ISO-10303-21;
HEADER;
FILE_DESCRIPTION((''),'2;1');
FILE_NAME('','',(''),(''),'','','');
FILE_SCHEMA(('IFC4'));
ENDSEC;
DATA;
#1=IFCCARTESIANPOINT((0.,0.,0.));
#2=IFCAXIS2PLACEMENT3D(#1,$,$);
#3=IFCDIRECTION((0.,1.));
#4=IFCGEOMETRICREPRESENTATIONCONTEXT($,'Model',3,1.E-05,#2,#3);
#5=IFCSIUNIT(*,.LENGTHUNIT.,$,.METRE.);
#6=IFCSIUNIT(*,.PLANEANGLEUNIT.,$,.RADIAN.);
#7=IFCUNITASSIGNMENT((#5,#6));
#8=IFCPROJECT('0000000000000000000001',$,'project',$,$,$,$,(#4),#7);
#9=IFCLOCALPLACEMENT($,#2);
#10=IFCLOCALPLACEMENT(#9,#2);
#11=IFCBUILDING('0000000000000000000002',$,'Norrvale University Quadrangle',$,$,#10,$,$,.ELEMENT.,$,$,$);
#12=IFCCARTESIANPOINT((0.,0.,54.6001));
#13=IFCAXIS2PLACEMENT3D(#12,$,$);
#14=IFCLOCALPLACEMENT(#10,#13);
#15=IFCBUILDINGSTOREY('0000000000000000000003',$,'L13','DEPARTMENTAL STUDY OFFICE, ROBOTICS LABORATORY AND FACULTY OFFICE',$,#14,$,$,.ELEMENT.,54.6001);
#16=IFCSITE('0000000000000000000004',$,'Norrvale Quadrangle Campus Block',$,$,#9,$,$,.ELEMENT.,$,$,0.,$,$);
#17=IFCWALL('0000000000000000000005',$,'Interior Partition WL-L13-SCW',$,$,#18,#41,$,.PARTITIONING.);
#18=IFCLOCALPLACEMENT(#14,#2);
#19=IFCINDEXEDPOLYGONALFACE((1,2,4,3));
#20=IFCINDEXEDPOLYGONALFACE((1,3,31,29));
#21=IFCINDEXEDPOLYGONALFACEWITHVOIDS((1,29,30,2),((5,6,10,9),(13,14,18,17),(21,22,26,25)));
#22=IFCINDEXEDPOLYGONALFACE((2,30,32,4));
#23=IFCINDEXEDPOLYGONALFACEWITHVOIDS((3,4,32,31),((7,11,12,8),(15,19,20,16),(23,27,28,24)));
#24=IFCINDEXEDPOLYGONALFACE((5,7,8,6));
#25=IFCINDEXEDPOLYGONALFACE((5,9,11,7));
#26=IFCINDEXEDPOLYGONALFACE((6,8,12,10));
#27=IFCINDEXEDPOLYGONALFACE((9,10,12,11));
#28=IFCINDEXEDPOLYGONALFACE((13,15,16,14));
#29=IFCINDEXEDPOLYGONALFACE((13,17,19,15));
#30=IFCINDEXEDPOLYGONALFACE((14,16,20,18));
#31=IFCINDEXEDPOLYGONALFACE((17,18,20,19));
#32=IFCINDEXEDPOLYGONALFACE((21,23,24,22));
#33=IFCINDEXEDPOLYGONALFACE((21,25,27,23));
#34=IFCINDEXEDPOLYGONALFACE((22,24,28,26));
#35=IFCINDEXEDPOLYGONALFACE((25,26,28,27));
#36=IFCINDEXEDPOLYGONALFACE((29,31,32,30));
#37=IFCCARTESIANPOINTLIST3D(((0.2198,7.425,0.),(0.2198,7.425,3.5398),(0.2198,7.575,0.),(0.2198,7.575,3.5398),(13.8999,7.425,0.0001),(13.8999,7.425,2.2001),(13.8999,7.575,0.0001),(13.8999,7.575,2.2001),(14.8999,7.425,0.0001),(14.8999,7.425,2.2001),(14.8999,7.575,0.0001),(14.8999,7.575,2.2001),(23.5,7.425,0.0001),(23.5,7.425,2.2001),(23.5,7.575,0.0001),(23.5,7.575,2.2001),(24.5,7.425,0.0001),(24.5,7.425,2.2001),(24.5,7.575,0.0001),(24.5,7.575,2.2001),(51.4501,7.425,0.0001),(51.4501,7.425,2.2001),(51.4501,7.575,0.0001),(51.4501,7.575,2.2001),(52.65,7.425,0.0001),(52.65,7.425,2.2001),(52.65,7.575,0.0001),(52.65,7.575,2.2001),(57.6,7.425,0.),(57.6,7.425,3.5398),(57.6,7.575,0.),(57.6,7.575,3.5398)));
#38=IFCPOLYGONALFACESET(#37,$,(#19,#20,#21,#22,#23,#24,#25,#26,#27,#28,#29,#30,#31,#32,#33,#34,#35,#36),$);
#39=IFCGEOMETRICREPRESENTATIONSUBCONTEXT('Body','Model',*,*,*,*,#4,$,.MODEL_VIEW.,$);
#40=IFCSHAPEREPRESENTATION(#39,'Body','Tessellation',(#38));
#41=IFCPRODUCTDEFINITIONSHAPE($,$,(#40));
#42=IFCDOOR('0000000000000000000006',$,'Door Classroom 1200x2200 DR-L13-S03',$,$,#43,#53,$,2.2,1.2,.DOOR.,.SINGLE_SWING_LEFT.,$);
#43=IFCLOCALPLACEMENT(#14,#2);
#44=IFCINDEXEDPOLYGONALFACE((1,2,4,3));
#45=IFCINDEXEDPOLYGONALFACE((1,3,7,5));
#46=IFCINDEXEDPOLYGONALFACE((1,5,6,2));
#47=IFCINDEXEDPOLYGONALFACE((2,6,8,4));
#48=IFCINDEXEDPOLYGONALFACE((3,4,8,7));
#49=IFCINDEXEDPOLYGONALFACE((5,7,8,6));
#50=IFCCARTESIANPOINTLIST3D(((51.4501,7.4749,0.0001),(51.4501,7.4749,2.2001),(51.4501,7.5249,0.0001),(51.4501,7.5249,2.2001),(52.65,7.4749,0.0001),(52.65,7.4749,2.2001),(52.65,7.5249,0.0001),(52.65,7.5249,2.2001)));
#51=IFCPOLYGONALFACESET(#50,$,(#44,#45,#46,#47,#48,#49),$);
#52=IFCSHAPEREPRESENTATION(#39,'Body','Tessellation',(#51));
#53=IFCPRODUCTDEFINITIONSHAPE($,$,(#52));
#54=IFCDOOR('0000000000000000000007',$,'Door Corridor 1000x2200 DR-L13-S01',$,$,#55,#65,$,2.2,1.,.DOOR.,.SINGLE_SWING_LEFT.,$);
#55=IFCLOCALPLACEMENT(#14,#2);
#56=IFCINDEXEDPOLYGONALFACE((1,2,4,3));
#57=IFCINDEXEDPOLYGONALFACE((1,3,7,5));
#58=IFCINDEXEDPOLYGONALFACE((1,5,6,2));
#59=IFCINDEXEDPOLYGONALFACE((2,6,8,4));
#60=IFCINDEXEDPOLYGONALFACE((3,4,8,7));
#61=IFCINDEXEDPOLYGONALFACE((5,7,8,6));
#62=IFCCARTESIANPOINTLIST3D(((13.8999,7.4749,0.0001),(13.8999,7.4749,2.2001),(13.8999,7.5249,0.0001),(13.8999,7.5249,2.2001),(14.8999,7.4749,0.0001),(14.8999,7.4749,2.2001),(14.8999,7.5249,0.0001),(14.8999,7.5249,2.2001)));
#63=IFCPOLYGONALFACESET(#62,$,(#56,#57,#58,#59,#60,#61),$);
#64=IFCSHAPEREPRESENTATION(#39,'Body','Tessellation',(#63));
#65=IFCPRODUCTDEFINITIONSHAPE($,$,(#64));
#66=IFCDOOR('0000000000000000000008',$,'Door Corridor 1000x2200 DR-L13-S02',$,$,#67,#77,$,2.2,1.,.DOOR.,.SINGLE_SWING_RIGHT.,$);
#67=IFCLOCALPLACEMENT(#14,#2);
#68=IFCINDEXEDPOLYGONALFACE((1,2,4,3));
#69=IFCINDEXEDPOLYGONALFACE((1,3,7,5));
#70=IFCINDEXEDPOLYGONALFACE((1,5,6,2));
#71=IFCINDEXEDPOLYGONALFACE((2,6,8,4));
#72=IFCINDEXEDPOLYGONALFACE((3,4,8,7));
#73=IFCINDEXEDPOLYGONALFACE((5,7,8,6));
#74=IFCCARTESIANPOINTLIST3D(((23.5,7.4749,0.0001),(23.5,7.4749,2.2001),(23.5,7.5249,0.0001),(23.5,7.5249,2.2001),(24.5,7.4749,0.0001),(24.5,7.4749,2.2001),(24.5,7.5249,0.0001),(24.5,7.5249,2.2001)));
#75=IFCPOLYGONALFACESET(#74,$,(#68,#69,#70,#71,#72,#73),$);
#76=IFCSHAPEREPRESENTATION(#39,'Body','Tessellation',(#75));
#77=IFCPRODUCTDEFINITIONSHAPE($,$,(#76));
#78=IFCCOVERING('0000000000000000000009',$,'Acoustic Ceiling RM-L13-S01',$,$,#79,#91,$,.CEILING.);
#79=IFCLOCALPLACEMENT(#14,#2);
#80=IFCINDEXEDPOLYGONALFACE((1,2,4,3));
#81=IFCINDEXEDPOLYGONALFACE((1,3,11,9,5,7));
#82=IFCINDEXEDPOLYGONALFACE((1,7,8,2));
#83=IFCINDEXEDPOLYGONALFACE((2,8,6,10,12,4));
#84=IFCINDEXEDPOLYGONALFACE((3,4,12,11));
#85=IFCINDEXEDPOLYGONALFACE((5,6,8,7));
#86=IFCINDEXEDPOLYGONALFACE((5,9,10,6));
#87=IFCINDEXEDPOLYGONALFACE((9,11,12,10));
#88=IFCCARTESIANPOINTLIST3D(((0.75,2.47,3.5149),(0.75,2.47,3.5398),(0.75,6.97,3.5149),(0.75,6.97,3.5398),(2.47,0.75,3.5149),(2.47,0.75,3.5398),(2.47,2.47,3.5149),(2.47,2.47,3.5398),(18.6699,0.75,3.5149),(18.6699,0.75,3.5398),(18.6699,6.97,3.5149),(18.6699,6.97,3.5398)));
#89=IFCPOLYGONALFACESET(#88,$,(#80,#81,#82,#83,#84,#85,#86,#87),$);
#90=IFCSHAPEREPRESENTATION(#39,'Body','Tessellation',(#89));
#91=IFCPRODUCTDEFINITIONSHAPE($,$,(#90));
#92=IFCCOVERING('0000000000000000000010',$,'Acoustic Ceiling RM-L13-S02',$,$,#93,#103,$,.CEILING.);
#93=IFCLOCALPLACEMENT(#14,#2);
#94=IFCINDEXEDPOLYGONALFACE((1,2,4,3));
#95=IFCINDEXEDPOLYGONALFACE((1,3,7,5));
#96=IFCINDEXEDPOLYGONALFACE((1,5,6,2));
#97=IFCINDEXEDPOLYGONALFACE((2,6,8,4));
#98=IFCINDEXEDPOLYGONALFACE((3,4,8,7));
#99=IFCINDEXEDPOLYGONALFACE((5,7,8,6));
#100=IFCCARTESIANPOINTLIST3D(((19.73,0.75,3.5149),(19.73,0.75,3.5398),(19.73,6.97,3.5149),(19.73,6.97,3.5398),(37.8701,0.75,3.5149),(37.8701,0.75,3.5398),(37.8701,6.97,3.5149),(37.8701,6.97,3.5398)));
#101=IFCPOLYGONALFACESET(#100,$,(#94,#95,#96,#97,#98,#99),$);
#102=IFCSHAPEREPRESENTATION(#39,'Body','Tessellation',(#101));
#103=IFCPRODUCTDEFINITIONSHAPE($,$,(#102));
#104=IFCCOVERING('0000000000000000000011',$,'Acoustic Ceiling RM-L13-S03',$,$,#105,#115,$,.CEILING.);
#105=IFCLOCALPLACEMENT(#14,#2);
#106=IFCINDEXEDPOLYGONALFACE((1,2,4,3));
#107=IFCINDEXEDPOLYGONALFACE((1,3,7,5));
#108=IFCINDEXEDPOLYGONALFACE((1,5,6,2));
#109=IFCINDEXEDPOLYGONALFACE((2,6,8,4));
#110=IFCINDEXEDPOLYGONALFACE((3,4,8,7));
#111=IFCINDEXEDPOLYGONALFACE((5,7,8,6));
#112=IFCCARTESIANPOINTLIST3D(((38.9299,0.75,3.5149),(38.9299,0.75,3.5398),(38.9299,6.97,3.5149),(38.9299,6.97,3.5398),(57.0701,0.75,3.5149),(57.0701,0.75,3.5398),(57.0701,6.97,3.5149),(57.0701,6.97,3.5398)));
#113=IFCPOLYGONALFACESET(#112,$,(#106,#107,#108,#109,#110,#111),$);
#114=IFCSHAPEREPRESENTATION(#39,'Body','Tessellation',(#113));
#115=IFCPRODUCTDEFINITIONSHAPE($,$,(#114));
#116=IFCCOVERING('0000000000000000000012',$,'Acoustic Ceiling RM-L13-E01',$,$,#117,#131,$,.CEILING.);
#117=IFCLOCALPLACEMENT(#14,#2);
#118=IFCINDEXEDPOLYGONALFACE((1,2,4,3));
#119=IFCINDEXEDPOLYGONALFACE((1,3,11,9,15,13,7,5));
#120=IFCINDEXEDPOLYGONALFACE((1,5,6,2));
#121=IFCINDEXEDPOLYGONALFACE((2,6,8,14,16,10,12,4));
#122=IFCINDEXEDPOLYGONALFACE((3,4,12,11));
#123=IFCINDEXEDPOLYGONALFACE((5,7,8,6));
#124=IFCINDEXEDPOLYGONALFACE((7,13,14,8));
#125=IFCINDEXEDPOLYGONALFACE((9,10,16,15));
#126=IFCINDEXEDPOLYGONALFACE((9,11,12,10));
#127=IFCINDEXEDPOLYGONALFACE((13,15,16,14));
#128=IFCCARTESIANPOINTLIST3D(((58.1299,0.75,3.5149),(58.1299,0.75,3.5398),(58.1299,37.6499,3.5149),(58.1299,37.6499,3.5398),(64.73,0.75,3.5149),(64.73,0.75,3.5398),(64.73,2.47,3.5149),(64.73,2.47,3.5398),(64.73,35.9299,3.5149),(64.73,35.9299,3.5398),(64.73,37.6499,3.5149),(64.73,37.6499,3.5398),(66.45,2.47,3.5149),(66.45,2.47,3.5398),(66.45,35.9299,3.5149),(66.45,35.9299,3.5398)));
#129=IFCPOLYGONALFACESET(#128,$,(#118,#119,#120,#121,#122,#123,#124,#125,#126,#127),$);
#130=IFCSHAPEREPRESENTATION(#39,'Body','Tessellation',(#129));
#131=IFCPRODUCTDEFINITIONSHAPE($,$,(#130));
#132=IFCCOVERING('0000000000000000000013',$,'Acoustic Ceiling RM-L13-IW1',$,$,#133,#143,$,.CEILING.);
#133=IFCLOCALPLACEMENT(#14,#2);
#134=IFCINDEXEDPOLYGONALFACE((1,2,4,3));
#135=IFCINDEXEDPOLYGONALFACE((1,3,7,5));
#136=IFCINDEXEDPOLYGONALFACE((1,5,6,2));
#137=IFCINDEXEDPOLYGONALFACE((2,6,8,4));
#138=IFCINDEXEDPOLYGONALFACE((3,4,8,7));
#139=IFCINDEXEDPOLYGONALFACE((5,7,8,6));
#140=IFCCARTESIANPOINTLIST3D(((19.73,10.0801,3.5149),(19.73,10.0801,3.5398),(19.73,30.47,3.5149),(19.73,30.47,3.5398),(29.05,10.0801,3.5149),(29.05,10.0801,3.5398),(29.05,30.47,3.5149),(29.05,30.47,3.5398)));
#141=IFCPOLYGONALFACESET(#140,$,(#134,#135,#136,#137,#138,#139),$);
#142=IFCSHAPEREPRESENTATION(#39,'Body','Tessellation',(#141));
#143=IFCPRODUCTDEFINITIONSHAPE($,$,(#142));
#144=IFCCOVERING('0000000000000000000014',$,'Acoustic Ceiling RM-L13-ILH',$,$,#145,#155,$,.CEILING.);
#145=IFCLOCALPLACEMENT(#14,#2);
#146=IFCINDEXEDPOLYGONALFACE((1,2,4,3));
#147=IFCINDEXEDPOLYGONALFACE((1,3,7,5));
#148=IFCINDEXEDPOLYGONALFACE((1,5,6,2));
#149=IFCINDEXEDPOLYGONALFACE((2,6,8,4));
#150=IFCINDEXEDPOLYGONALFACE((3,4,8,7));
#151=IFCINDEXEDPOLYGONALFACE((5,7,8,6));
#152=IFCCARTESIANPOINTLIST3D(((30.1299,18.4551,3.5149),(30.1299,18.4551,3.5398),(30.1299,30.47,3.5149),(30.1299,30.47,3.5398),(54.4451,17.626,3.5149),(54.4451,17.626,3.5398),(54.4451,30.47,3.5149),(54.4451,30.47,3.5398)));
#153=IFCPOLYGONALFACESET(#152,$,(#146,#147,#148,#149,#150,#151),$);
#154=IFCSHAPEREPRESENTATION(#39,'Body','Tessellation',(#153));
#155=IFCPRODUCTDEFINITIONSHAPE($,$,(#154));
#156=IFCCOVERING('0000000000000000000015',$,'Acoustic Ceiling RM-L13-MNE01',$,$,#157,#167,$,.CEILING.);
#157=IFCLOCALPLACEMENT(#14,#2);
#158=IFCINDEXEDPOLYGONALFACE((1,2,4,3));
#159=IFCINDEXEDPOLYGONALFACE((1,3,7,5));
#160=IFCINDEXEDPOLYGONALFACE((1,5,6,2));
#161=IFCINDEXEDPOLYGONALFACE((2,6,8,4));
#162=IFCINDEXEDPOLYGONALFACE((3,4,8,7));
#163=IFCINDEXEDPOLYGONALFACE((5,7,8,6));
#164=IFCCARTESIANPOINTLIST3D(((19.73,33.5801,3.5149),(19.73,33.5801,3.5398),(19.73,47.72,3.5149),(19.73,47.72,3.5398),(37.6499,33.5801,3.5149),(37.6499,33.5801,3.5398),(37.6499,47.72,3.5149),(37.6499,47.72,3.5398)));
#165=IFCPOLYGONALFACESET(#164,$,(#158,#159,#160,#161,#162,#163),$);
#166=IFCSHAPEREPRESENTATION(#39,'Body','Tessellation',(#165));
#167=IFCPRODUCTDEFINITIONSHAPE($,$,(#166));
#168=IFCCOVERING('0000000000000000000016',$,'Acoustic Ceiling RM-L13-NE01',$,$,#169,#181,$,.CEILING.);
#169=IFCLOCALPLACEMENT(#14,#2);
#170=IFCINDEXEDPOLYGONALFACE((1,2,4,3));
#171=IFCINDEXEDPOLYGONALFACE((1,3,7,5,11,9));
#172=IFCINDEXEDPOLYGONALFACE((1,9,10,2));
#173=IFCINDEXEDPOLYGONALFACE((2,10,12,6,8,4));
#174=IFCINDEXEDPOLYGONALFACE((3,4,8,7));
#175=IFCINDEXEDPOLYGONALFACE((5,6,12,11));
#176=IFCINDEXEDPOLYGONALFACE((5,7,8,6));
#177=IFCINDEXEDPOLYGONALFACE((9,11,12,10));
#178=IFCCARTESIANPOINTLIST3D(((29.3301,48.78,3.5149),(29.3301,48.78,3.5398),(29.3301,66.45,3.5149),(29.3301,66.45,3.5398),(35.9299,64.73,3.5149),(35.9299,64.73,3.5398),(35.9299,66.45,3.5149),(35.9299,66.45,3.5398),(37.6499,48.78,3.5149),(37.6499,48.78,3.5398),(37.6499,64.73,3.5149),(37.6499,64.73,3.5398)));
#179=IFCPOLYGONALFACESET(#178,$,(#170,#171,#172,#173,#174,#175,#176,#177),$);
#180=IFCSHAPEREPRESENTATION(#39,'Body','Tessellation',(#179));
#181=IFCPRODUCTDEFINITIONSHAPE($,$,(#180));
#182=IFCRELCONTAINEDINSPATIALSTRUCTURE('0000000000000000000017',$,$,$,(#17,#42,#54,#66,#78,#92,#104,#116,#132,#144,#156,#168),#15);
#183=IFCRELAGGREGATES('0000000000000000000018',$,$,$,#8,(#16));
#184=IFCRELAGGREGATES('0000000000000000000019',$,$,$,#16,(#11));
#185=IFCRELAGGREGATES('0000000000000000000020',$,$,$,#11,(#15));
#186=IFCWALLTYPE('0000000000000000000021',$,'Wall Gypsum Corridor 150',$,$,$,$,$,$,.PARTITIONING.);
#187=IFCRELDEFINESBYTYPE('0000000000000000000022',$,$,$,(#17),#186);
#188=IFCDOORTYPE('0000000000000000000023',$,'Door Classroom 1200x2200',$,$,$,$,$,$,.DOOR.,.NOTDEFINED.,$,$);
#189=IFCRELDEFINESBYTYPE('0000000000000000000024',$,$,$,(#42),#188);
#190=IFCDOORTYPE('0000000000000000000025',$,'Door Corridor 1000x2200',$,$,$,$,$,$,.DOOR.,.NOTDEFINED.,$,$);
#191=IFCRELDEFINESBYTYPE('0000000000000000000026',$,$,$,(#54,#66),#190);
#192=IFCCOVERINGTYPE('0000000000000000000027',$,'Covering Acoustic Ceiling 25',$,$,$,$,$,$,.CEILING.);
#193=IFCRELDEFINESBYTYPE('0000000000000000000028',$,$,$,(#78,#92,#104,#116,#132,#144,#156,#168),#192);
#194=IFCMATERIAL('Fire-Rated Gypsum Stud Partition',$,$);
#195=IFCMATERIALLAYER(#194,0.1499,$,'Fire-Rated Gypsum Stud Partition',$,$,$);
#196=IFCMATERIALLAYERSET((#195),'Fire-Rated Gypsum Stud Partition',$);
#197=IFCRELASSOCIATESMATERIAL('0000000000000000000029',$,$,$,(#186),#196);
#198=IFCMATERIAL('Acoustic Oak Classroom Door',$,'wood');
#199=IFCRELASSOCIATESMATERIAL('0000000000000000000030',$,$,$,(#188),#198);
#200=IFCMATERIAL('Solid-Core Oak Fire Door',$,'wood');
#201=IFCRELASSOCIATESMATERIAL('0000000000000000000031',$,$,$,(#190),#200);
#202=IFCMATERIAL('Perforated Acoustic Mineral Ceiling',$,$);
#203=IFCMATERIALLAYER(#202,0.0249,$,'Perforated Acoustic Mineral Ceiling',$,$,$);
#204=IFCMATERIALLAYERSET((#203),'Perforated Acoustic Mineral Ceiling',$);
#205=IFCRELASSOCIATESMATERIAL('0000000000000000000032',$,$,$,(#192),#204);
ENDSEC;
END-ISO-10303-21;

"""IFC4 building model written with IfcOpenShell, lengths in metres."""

from ifc_helpers import new_model, si_unit, direction, frame, frame_2d, origin, place, context, subcontext, project, spatial, polyline, rectangle, outline, extrude, material, layer, layer_set, type_object, element, fill, save


model = new_model("IFC4")

# Units and contexts
model_context = context("Model", 3, precision=1e-05, world=origin(), true_north=direction((0.0, 1.0)))
body_context = subcontext(model_context, "Body", "Model", "MODEL_VIEW")
ifc_project = project(units=[si_unit("LENGTHUNIT", "METRE"), si_unit("PLANEANGLEUNIT", "RADIAN")], contexts=[model_context])

# Site, building, storey
site_placement = place(None, origin())
site = spatial("IfcSite", under=ifc_project, at=site_placement, Name="Norrvale Quadrangle Campus Block", CompositionType="ELEMENT", RefElevation=0.0)
building_placement = place(site_placement, origin())
building = spatial("IfcBuilding", under=site, at=building_placement, Name="Norrvale University Quadrangle", CompositionType="ELEMENT")
storey_placement = place(building_placement, frame((0.0, 0.0, 54.6001)))
storey = spatial("IfcBuildingStorey", under=building, at=storey_placement, Name="L13", Description="DEPARTMENTAL STUDY OFFICE, ROBOTICS LABORATORY AND FACULTY OFFICE", CompositionType="ELEMENT", Elevation=54.6001)

# Wall, openings, doors
ifc_material_1 = material(Name="Fire-Rated Gypsum Stud Partition")
ifc_layer_1 = layer(ifc_material_1, 0.1499, Name="Fire-Rated Gypsum Stud Partition")
ifc_layer_set_1 = layer_set([ifc_layer_1], Name="Fire-Rated Gypsum Stud Partition")
wall_type_1 = type_object("IfcWallType", Name="Wall Gypsum Corridor 150", PredefinedType="PARTITIONING", material=ifc_layer_set_1)
wall_1_placement = place(storey_placement, frame((0.22, 7.5, 0.0), z_axis=(0.0, 0.0, 1.0), x_axis=(1.0, 0.0, 0.0)))
wall_1 = element("IfcWall", 1, at=wall_1_placement, inside=storey, type_object=wall_type_1, Name="Interior Partition WL-L13-SCW", PredefinedType="PARTITIONING", context=body_context, shape_type="SweptSolid", body=[
    extrude(rectangle(XDim=57.3801, YDim=0.1499, at=frame_2d((28.6899, 0.0))), origin(), (0.0, 0.0, 1.0), 3.5398),
])
opening_1_placement = place(wall_1_placement, frame((13.6799, 0.0, 0.0)))
opening_1 = element("IfcOpeningElement", 2, at=opening_1_placement, cuts=wall_1, PredefinedType="OPENING", context=body_context, shape_type="SweptSolid", body=[
    extrude(rectangle(XDim=1.0, YDim=2.2, at=frame_2d((0.5, 1.1001))), frame((0.0, 0.0869, 0.0), z_axis=(0.0, -1.0, 0.0), x_axis=(1.0, 0.0, 0.0)), (0.0, 0.0, 1.0), 0.1738),
])
opening_2_placement = place(wall_1_placement, frame((23.28, 0.0, 0.0)))
opening_2 = element("IfcOpeningElement", 3, at=opening_2_placement, cuts=wall_1, PredefinedType="OPENING", context=body_context, shape_type="SweptSolid", body=[
    extrude(rectangle(XDim=1.0, YDim=2.2, at=frame_2d((0.5, 1.1001))), frame((0.0, 0.0869, 0.0), z_axis=(0.0, -1.0, 0.0), x_axis=(1.0, 0.0, 0.0)), (0.0, 0.0, 1.0), 0.1738),
])
opening_3_placement = place(wall_1_placement, frame((51.23, 0.0, 0.0)))
opening_3 = element("IfcOpeningElement", 4, at=opening_3_placement, cuts=wall_1, PredefinedType="OPENING", context=body_context, shape_type="SweptSolid", body=[
    extrude(rectangle(XDim=1.2, YDim=2.2, at=frame_2d((0.6001, 1.1001))), frame((0.0, 0.0869, 0.0), z_axis=(0.0, -1.0, 0.0), x_axis=(1.0, 0.0, 0.0)), (0.0, 0.0, 1.0), 0.1738),
])
ifc_material_2 = material(Name="Acoustic Oak Classroom Door", Category="wood")
door_type_1 = type_object("IfcDoorType", Name="Door Classroom 1200x2200", OperationType="NOTDEFINED", PredefinedType="DOOR", material=ifc_material_2)
door_1_placement = place(opening_3_placement, origin())
door_1 = element("IfcDoor", 5, at=door_1_placement, inside=storey, type_object=door_type_1, Name="Door Classroom 1200x2200 DR-L13-S03", OperationType="SINGLE_SWING_LEFT", OverallHeight=2.2, OverallWidth=1.2, PredefinedType="DOOR", context=body_context, shape_type="SweptSolid", body=[
    extrude(rectangle(XDim=1.2, YDim=2.2, at=frame_2d((0.6001, 1.1001))), frame((0.0, 0.0249, 0.0), z_axis=(0.0, -1.0, 0.0), x_axis=(1.0, 0.0, 0.0)), (0.0, 0.0, 1.0), 0.05),
])
fill(opening_3, door_1)
ifc_material_3 = material(Name="Solid-Core Oak Fire Door", Category="wood")
door_type_2 = type_object("IfcDoorType", Name="Door Corridor 1000x2200", OperationType="NOTDEFINED", PredefinedType="DOOR", material=ifc_material_3)
door_2_placement = place(opening_1_placement, origin())
door_2 = element("IfcDoor", 6, at=door_2_placement, inside=storey, type_object=door_type_2, Name="Door Corridor 1000x2200 DR-L13-S01", OperationType="SINGLE_SWING_LEFT", OverallHeight=2.2, OverallWidth=1.0, PredefinedType="DOOR", context=body_context, shape_type="SweptSolid", body=[
    extrude(rectangle(XDim=1.0, YDim=2.2, at=frame_2d((0.5, 1.1001))), frame((0.0, 0.0249, 0.0), z_axis=(0.0, -1.0, 0.0), x_axis=(1.0, 0.0, 0.0)), (0.0, 0.0, 1.0), 0.05),
])
fill(opening_1, door_2)
door_3_placement = place(opening_2_placement, origin())
door_3 = element("IfcDoor", 7, at=door_3_placement, inside=storey, type_object=door_type_2, Name="Door Corridor 1000x2200 DR-L13-S02", OperationType="SINGLE_SWING_RIGHT", OverallHeight=2.2, OverallWidth=1.0, PredefinedType="DOOR", context=body_context, shape_type="SweptSolid", body=[
    extrude(rectangle(XDim=1.0, YDim=2.2, at=frame_2d((0.5, 1.1001))), frame((0.0, 0.0249, 0.0), z_axis=(0.0, -1.0, 0.0), x_axis=(1.0, 0.0, 0.0)), (0.0, 0.0, 1.0), 0.05),
])
fill(opening_2, door_3)

# Coverings
ifc_material_4 = material(Name="Perforated Acoustic Mineral Ceiling")
ifc_layer_2 = layer(ifc_material_4, 0.0249, Name="Perforated Acoustic Mineral Ceiling")
ifc_layer_set_2 = layer_set([ifc_layer_2], Name="Perforated Acoustic Mineral Ceiling")
covering_type_1 = type_object("IfcCoveringType", Name="Covering Acoustic Ceiling 25", PredefinedType="CEILING", material=ifc_layer_set_2)
covering_1_placement = place(storey_placement, frame((0.0, 0.0, 3.5149)))
element("IfcCovering", 8, at=covering_1_placement, inside=storey, type_object=covering_type_1, Name="Acoustic Ceiling RM-L13-S01", PredefinedType="CEILING", context=body_context, shape_type="SweptSolid", body=[
    extrude(outline(polyline([(0.75, 6.97), (18.6699, 6.97), (18.6699, 0.75), (2.47, 0.75), (2.47, 2.47), (0.75, 2.47), (0.75, 6.97)])), origin(), (0.0, 0.0, 1.0), 0.0249),
])
covering_2_placement = place(storey_placement, frame((0.0, 0.0, 3.5149)))
element("IfcCovering", 9, at=covering_2_placement, inside=storey, type_object=covering_type_1, Name="Acoustic Ceiling RM-L13-S02", PredefinedType="CEILING", context=body_context, shape_type="SweptSolid", body=[
    extrude(outline(polyline([(19.73, 6.97), (37.8701, 6.97), (37.8701, 0.75), (19.73, 0.75), (19.73, 6.97)])), origin(), (0.0, 0.0, 1.0), 0.0249),
])
covering_3_placement = place(storey_placement, frame((0.0, 0.0, 3.5149)))
element("IfcCovering", 10, at=covering_3_placement, inside=storey, type_object=covering_type_1, Name="Acoustic Ceiling RM-L13-S03", PredefinedType="CEILING", context=body_context, shape_type="SweptSolid", body=[
    extrude(outline(polyline([(38.9299, 6.97), (57.0701, 6.97), (57.0701, 0.75), (38.9299, 0.75), (38.9299, 6.97)])), origin(), (0.0, 0.0, 1.0), 0.0249),
])
covering_4_placement = place(storey_placement, frame((0.0, 0.0, 3.5149)))
element("IfcCovering", 11, at=covering_4_placement, inside=storey, type_object=covering_type_1, Name="Acoustic Ceiling RM-L13-E01", PredefinedType="CEILING", context=body_context, shape_type="SweptSolid", body=[
    extrude(outline(polyline([(58.1299, 0.75), (58.1299, 37.6499), (64.73, 37.6499), (64.73, 35.9299), (66.45, 35.9299), (66.45, 2.47), (64.73, 2.47), (64.73, 0.75), (58.1299, 0.75)])), origin(), (0.0, 0.0, 1.0), 0.0249),
])
covering_5_placement = place(storey_placement, frame((0.0, 0.0, 3.5149)))
element("IfcCovering", 12, at=covering_5_placement, inside=storey, type_object=covering_type_1, Name="Acoustic Ceiling RM-L13-IW1", PredefinedType="CEILING", context=body_context, shape_type="SweptSolid", body=[
    extrude(outline(polyline([(19.73, 10.0801), (19.73, 30.47), (29.05, 30.47), (29.05, 10.0801), (19.73, 10.0801)])), origin(), (0.0, 0.0, 1.0), 0.0249),
])
covering_6_placement = place(storey_placement, frame((0.0, 0.0, 3.5149)))
element("IfcCovering", 13, at=covering_6_placement, inside=storey, type_object=covering_type_1, Name="Acoustic Ceiling RM-L13-ILH", PredefinedType="CEILING", context=body_context, shape_type="SweptSolid", body=[
    extrude(outline(polyline([(30.1299, 18.4551), (30.1299, 30.47), (54.4451, 30.47), (54.4451, 17.626), (30.1299, 18.4551)])), origin(), (0.0, 0.0, 1.0), 0.0249),
])
covering_7_placement = place(storey_placement, frame((0.0, 0.0, 3.5149)))
element("IfcCovering", 14, at=covering_7_placement, inside=storey, type_object=covering_type_1, Name="Acoustic Ceiling RM-L13-MNE01", PredefinedType="CEILING", context=body_context, shape_type="SweptSolid", body=[
    extrude(outline(polyline([(19.73, 47.72), (37.6499, 47.72), (37.6499, 33.5801), (19.73, 33.5801), (19.73, 47.72)])), origin(), (0.0, 0.0, 1.0), 0.0249),
])
covering_8_placement = place(storey_placement, frame((0.0, 0.0, 3.5149)))
element("IfcCovering", 15, at=covering_8_placement, inside=storey, type_object=covering_type_1, Name="Acoustic Ceiling RM-L13-NE01", PredefinedType="CEILING", context=body_context, shape_type="SweptSolid", body=[
    extrude(outline(polyline([(37.6499, 48.78), (29.3301, 48.78), (29.3301, 66.45), (35.9299, 66.45), (35.9299, 64.73), (37.6499, 64.73), (37.6499, 48.78)])), origin(), (0.0, 0.0, 1.0), 0.0249),
])

save(model, "model.ifc")
